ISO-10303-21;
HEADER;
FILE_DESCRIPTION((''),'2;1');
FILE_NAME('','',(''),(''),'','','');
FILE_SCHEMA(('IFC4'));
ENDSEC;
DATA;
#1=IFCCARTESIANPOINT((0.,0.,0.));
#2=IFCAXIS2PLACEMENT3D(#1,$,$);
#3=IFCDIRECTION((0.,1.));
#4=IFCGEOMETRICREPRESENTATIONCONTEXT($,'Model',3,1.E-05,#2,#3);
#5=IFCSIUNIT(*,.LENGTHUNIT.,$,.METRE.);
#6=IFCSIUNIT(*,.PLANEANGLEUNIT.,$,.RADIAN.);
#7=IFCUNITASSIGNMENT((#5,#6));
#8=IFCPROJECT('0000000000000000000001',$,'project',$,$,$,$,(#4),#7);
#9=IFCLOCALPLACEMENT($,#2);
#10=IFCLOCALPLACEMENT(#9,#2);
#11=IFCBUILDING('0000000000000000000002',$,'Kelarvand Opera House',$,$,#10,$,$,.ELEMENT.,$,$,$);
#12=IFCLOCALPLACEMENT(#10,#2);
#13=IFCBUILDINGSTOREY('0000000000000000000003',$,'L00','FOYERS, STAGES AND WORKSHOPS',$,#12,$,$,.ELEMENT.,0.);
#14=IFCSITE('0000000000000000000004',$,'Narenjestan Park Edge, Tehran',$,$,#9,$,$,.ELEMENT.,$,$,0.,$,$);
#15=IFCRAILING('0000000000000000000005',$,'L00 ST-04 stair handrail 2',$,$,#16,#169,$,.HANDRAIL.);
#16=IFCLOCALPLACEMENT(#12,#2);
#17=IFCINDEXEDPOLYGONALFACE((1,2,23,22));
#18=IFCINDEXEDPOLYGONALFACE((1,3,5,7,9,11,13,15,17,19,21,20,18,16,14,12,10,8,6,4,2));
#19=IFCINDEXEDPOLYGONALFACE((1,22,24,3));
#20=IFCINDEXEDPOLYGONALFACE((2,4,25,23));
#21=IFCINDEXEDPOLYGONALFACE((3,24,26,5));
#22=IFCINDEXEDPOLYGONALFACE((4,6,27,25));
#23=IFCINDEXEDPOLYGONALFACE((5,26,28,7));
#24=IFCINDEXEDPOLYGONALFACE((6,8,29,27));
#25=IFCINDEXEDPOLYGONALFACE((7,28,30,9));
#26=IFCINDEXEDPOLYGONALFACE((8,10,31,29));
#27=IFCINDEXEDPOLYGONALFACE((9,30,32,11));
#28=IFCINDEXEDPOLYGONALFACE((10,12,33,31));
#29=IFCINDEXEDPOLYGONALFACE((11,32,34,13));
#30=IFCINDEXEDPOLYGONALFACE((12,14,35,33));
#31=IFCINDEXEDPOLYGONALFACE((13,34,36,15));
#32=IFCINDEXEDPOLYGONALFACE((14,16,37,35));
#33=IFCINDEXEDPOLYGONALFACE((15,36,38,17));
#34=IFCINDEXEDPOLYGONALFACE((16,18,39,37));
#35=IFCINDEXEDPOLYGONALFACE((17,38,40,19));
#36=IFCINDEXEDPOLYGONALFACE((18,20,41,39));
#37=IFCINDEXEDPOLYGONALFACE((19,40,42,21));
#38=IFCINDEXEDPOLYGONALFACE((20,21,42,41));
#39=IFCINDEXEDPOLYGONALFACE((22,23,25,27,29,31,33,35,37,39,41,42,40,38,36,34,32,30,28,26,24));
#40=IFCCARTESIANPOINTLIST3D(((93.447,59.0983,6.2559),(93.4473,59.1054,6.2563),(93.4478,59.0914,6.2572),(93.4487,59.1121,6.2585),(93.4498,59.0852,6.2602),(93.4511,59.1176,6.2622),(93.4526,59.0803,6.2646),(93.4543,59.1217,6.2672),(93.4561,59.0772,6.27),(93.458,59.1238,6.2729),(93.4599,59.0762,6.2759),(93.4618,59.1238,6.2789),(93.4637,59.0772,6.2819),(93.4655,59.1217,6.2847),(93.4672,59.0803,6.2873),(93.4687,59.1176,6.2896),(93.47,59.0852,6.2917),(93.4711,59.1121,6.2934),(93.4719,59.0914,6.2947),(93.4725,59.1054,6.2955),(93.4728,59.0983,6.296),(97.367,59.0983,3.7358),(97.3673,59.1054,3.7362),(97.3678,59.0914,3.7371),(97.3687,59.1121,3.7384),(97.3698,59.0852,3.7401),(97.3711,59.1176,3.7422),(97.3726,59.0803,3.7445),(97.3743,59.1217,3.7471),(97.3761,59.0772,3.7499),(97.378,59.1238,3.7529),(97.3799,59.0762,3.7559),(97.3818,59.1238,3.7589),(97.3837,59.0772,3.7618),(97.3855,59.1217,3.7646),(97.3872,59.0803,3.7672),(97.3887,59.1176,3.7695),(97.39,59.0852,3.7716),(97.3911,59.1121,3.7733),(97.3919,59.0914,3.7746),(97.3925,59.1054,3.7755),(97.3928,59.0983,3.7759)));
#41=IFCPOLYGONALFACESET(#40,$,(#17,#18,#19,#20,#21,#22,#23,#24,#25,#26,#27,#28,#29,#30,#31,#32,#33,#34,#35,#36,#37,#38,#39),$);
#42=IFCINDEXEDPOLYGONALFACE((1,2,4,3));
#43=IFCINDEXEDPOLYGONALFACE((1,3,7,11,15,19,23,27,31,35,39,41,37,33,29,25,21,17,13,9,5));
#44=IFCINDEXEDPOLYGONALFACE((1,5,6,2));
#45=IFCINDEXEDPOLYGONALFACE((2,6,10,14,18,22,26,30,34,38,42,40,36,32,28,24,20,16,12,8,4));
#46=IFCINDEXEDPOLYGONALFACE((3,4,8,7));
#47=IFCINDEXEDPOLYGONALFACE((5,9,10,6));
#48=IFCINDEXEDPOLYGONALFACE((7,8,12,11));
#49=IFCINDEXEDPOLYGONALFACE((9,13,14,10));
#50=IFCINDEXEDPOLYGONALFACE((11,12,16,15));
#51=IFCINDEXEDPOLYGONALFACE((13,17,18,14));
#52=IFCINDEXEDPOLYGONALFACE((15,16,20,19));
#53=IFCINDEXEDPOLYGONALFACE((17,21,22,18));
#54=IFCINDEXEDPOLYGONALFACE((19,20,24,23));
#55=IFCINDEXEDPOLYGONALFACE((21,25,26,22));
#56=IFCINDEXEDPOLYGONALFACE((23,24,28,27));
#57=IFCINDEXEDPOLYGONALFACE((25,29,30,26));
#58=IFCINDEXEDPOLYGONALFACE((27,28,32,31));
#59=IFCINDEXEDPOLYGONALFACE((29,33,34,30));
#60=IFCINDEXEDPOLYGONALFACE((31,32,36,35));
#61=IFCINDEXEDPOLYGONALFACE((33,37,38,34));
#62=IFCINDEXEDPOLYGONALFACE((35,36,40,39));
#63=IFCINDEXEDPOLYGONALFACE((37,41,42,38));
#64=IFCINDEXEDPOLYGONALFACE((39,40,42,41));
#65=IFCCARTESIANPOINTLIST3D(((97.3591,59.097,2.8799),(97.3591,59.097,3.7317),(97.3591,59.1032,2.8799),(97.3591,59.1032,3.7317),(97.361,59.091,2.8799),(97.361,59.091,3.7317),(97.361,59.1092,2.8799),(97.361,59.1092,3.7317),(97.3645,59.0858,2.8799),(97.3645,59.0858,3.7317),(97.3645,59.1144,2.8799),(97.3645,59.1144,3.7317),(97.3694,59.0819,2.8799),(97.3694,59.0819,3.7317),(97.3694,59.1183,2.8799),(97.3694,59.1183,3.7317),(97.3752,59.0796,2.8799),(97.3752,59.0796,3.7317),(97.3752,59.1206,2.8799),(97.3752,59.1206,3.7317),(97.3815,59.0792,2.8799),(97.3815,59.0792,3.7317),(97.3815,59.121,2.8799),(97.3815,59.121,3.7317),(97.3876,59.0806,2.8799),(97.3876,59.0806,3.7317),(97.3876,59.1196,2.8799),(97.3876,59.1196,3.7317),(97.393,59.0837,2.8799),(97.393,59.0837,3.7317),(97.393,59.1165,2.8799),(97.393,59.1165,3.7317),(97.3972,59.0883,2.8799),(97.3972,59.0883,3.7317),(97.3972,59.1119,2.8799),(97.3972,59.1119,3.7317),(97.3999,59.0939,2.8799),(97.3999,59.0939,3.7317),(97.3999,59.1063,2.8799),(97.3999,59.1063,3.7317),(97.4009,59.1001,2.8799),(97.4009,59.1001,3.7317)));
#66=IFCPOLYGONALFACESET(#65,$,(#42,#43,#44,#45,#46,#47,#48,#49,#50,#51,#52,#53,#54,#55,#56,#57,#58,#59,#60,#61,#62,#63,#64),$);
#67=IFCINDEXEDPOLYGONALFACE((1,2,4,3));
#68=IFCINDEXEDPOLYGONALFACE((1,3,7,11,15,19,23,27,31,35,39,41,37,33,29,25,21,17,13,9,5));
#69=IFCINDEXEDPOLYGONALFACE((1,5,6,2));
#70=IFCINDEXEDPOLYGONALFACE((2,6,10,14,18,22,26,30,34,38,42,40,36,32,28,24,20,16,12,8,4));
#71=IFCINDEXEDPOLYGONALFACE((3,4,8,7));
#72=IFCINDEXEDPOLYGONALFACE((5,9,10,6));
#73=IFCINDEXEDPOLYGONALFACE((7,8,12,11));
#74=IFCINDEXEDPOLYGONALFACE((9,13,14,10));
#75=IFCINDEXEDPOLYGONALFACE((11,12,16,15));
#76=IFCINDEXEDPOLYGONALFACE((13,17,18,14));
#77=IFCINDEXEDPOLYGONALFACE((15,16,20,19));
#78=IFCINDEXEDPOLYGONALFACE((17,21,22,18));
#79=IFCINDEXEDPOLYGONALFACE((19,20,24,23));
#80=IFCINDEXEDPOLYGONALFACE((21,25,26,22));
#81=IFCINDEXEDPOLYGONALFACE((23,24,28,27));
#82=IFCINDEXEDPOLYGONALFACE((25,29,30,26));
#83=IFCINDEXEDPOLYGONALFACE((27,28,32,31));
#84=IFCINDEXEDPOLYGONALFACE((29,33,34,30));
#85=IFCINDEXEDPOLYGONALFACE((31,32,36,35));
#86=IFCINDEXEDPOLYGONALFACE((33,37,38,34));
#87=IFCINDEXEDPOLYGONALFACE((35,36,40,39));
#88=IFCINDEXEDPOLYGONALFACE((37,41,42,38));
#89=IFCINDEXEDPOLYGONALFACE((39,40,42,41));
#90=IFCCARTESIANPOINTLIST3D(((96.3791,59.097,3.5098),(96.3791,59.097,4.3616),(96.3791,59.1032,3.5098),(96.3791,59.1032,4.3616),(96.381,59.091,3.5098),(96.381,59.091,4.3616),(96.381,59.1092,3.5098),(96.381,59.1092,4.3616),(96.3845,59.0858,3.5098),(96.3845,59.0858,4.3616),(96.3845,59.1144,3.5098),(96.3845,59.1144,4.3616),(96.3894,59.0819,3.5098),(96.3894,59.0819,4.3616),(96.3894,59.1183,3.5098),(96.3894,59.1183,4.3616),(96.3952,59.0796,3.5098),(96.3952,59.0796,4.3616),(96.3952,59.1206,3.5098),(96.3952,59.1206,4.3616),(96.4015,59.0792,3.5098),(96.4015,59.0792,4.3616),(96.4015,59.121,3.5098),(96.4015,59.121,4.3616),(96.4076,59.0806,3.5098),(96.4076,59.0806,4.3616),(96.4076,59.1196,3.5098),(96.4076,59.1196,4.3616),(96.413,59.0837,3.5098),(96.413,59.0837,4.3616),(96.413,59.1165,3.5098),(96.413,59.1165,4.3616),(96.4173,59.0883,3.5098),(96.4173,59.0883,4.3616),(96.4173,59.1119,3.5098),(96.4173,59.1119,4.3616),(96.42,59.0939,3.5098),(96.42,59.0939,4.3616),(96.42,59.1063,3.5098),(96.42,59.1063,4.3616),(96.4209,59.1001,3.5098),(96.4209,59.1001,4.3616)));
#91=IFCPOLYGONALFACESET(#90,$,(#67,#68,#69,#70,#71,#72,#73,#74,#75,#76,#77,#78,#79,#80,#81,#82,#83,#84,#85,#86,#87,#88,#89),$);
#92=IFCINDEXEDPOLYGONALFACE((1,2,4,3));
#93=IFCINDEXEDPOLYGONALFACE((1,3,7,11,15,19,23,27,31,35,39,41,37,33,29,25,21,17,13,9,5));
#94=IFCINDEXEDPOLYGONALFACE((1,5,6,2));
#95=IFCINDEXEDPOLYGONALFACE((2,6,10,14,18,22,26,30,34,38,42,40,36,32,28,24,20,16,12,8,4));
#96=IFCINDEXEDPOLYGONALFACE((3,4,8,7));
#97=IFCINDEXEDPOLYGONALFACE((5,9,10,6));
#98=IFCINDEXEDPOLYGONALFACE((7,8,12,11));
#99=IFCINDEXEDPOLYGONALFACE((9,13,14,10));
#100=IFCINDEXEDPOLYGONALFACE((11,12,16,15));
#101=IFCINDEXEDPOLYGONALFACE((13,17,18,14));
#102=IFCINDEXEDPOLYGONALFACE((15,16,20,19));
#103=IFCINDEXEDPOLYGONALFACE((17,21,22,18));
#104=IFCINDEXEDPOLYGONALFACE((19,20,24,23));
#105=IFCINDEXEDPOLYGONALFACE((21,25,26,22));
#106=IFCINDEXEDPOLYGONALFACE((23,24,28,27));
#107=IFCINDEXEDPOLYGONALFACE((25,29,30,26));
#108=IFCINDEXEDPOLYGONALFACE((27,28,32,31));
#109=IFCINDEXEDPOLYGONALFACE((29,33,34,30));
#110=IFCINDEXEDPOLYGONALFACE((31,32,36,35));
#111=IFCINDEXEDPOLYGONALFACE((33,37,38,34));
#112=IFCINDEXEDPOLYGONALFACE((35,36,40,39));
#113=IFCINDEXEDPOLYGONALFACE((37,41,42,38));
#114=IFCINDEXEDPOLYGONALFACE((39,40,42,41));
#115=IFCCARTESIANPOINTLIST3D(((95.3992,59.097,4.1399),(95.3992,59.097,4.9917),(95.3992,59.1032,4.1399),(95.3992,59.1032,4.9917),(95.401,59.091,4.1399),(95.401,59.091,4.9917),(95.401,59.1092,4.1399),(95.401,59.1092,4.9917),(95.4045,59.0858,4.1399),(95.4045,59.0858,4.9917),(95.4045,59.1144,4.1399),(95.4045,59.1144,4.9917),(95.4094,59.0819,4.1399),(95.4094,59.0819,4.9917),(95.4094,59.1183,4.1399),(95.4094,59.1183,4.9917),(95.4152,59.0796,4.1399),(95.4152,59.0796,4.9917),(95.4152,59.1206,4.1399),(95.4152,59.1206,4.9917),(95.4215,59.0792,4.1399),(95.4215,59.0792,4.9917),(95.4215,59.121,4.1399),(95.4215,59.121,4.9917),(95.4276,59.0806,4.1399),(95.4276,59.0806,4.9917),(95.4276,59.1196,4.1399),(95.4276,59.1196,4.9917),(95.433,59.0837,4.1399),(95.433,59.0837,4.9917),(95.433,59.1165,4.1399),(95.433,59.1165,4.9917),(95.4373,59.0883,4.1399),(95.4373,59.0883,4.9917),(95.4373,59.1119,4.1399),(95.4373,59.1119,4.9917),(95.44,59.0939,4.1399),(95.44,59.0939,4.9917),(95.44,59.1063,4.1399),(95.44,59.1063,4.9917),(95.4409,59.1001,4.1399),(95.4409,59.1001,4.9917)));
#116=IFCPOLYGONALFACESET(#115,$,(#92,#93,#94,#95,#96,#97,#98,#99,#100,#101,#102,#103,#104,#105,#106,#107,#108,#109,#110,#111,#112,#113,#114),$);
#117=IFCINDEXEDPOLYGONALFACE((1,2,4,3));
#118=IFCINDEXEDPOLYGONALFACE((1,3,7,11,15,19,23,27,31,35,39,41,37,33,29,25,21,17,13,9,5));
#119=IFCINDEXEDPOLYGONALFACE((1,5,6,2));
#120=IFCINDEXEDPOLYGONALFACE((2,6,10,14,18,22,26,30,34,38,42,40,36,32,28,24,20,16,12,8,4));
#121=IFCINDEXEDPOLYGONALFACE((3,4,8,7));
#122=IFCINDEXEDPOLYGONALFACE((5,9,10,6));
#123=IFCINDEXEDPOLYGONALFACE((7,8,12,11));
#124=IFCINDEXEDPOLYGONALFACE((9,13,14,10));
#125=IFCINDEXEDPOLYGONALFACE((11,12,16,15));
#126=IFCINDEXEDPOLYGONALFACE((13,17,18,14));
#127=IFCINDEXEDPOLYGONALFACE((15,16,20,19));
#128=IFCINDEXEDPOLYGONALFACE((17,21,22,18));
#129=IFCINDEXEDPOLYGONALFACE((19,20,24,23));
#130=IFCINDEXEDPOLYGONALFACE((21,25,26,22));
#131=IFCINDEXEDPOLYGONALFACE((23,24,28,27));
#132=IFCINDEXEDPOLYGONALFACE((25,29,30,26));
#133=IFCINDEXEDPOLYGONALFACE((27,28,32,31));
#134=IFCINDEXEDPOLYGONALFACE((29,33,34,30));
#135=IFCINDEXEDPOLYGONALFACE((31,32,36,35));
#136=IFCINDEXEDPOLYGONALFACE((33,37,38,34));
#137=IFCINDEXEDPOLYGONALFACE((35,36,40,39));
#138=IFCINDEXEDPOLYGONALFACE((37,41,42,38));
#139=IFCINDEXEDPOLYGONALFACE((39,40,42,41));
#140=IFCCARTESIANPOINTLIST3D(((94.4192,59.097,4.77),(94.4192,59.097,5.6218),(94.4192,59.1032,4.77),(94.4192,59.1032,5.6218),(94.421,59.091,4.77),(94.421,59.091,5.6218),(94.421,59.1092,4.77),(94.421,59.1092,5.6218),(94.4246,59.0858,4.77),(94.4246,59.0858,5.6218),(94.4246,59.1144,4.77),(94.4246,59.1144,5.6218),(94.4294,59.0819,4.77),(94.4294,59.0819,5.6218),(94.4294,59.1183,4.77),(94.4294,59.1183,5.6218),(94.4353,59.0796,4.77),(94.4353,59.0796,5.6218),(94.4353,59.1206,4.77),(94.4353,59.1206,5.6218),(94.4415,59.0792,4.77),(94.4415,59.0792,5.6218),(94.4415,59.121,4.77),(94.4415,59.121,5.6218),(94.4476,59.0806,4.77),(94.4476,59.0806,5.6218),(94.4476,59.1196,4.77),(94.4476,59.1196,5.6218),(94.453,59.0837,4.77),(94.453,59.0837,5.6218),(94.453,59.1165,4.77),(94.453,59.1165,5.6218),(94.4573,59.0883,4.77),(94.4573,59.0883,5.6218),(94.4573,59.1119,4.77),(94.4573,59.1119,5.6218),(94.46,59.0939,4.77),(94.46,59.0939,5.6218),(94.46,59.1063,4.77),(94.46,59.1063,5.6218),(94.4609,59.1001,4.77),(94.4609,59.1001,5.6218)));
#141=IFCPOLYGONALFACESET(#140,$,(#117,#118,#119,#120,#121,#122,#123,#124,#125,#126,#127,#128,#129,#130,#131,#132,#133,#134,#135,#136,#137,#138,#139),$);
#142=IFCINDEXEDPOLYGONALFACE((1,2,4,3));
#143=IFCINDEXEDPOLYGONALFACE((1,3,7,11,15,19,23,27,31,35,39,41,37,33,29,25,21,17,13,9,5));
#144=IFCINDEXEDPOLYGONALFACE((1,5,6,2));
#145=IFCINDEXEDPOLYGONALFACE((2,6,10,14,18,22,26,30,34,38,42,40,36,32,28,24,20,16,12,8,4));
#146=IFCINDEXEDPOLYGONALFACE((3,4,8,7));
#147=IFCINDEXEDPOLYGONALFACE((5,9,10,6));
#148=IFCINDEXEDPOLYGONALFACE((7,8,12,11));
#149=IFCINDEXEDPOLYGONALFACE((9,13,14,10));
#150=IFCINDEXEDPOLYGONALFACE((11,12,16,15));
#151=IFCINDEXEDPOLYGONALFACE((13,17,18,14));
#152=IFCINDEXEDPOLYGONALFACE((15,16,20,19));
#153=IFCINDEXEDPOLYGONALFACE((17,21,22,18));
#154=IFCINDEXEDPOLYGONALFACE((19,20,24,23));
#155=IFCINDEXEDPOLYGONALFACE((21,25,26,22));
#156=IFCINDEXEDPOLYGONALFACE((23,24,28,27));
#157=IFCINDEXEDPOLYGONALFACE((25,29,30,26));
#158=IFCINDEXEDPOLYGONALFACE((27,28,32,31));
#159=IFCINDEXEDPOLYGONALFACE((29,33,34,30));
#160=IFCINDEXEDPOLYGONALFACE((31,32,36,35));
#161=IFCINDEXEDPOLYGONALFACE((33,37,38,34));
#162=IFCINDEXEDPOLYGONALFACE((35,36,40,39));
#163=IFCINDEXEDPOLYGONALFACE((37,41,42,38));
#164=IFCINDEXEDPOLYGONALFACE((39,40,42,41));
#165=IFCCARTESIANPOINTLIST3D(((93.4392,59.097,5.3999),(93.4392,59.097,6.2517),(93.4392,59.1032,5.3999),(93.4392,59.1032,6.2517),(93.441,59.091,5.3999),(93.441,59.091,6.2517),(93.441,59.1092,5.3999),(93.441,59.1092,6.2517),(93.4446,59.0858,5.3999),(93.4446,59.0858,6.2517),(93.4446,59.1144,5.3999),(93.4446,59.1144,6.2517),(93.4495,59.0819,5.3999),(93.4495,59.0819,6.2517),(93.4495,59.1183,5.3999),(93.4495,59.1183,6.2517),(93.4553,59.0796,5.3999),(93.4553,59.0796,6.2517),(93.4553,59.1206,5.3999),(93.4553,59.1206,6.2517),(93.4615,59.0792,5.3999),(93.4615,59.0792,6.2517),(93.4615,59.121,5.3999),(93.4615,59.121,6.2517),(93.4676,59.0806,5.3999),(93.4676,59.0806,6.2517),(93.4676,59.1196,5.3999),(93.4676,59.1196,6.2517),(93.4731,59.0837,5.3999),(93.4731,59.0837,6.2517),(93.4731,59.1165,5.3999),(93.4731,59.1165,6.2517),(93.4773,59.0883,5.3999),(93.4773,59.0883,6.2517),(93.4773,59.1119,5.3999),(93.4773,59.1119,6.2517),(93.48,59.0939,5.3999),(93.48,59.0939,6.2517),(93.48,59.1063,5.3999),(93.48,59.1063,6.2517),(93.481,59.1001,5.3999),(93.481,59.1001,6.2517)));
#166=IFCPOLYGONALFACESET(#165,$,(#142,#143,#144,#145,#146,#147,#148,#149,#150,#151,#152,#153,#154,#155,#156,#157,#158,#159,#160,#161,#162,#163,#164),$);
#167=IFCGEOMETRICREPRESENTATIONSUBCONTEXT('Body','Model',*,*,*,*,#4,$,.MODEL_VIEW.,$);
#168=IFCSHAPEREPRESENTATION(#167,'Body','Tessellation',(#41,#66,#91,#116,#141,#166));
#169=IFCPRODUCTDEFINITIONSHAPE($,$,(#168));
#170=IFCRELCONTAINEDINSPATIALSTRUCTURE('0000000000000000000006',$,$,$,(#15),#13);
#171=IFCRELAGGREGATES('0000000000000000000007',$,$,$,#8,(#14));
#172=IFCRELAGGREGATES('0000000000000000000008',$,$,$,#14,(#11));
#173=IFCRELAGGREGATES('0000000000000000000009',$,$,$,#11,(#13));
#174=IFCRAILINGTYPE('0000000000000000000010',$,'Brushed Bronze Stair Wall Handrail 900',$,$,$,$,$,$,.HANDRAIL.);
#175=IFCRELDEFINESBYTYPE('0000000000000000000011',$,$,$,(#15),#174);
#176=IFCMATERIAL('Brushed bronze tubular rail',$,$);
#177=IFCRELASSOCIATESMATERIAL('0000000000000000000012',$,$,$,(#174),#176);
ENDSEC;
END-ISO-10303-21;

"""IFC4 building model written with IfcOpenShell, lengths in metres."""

from ifc_helpers import new_model, si_unit, direction, frame, origin, origin_2d, place, context, subcontext, project, spatial, circle, extrude, material, type_object, element, save


model = new_model("IFC4")

# Units and contexts
model_context = context("Model", 3, precision=1e-05, world=origin(), true_north=direction((0.0, 1.0)))
body_context = subcontext(model_context, "Body", "Model", "MODEL_VIEW")
ifc_project = project(units=[si_unit("LENGTHUNIT", "METRE"), si_unit("PLANEANGLEUNIT", "RADIAN")], contexts=[model_context])

# Site, building, storey
site_placement = place(None, origin())
site = spatial("IfcSite", under=ifc_project, at=site_placement, Name="Narenjestan Park Edge, Tehran", CompositionType="ELEMENT", RefElevation=0.0)
building_placement = place(site_placement, origin())
building = spatial("IfcBuilding", under=site, at=building_placement, Name="Kelarvand Opera House", CompositionType="ELEMENT")
storey_placement = place(building_placement, origin())
storey = spatial("IfcBuildingStorey", under=building, at=storey_placement, Name="L00", Description="FOYERS, STAGES AND WORKSHOPS", CompositionType="ELEMENT", Elevation=0.0)

# Railing
ifc_material_1 = material(Name="Brushed bronze tubular rail")
railing_type_1 = type_object("IfcRailingType", Name="Brushed Bronze Stair Wall Handrail 900", PredefinedType="HANDRAIL", material=ifc_material_1)
railing_1_placement = place(storey_placement, frame((97.3799, 59.1001, 2.8799)))
element("IfcRailing", 1, at=railing_1_placement, inside=storey, type_object=railing_type_1, Name="L00 ST-04 stair handrail 2", PredefinedType="HANDRAIL", context=body_context, shape_type="SweptSolid", body=[
    extrude(circle(Radius=0.0239, at=origin_2d()), frame((0.0, 0.0, 0.876), z_axis=(-0.841172, 0.0, 0.540768), x_axis=(0.0, -1.0, 0.0)), (0.0, 0.0, 1.0), 4.6602),
    extrude(circle(Radius=0.021, at=origin_2d()), origin(), (0.0, 0.0, 1.0), 0.8518),
    extrude(circle(Radius=0.021, at=origin_2d()), frame((-0.98, 0.0, 0.6299)), (0.0, 0.0, 1.0), 0.8518),
    extrude(circle(Radius=0.021, at=origin_2d()), frame((-1.96, 0.0, 1.26)), (0.0, 0.0, 1.0), 0.8518),
    extrude(circle(Radius=0.021, at=origin_2d()), frame((-2.9399, 0.0, 1.8901)), (0.0, 0.0, 1.0), 0.8518),
    extrude(circle(Radius=0.021, at=origin_2d()), frame((-3.9199, 0.0, 2.52)), (0.0, 0.0, 1.0), 0.8518),
])

save(model, "model.ifc")
